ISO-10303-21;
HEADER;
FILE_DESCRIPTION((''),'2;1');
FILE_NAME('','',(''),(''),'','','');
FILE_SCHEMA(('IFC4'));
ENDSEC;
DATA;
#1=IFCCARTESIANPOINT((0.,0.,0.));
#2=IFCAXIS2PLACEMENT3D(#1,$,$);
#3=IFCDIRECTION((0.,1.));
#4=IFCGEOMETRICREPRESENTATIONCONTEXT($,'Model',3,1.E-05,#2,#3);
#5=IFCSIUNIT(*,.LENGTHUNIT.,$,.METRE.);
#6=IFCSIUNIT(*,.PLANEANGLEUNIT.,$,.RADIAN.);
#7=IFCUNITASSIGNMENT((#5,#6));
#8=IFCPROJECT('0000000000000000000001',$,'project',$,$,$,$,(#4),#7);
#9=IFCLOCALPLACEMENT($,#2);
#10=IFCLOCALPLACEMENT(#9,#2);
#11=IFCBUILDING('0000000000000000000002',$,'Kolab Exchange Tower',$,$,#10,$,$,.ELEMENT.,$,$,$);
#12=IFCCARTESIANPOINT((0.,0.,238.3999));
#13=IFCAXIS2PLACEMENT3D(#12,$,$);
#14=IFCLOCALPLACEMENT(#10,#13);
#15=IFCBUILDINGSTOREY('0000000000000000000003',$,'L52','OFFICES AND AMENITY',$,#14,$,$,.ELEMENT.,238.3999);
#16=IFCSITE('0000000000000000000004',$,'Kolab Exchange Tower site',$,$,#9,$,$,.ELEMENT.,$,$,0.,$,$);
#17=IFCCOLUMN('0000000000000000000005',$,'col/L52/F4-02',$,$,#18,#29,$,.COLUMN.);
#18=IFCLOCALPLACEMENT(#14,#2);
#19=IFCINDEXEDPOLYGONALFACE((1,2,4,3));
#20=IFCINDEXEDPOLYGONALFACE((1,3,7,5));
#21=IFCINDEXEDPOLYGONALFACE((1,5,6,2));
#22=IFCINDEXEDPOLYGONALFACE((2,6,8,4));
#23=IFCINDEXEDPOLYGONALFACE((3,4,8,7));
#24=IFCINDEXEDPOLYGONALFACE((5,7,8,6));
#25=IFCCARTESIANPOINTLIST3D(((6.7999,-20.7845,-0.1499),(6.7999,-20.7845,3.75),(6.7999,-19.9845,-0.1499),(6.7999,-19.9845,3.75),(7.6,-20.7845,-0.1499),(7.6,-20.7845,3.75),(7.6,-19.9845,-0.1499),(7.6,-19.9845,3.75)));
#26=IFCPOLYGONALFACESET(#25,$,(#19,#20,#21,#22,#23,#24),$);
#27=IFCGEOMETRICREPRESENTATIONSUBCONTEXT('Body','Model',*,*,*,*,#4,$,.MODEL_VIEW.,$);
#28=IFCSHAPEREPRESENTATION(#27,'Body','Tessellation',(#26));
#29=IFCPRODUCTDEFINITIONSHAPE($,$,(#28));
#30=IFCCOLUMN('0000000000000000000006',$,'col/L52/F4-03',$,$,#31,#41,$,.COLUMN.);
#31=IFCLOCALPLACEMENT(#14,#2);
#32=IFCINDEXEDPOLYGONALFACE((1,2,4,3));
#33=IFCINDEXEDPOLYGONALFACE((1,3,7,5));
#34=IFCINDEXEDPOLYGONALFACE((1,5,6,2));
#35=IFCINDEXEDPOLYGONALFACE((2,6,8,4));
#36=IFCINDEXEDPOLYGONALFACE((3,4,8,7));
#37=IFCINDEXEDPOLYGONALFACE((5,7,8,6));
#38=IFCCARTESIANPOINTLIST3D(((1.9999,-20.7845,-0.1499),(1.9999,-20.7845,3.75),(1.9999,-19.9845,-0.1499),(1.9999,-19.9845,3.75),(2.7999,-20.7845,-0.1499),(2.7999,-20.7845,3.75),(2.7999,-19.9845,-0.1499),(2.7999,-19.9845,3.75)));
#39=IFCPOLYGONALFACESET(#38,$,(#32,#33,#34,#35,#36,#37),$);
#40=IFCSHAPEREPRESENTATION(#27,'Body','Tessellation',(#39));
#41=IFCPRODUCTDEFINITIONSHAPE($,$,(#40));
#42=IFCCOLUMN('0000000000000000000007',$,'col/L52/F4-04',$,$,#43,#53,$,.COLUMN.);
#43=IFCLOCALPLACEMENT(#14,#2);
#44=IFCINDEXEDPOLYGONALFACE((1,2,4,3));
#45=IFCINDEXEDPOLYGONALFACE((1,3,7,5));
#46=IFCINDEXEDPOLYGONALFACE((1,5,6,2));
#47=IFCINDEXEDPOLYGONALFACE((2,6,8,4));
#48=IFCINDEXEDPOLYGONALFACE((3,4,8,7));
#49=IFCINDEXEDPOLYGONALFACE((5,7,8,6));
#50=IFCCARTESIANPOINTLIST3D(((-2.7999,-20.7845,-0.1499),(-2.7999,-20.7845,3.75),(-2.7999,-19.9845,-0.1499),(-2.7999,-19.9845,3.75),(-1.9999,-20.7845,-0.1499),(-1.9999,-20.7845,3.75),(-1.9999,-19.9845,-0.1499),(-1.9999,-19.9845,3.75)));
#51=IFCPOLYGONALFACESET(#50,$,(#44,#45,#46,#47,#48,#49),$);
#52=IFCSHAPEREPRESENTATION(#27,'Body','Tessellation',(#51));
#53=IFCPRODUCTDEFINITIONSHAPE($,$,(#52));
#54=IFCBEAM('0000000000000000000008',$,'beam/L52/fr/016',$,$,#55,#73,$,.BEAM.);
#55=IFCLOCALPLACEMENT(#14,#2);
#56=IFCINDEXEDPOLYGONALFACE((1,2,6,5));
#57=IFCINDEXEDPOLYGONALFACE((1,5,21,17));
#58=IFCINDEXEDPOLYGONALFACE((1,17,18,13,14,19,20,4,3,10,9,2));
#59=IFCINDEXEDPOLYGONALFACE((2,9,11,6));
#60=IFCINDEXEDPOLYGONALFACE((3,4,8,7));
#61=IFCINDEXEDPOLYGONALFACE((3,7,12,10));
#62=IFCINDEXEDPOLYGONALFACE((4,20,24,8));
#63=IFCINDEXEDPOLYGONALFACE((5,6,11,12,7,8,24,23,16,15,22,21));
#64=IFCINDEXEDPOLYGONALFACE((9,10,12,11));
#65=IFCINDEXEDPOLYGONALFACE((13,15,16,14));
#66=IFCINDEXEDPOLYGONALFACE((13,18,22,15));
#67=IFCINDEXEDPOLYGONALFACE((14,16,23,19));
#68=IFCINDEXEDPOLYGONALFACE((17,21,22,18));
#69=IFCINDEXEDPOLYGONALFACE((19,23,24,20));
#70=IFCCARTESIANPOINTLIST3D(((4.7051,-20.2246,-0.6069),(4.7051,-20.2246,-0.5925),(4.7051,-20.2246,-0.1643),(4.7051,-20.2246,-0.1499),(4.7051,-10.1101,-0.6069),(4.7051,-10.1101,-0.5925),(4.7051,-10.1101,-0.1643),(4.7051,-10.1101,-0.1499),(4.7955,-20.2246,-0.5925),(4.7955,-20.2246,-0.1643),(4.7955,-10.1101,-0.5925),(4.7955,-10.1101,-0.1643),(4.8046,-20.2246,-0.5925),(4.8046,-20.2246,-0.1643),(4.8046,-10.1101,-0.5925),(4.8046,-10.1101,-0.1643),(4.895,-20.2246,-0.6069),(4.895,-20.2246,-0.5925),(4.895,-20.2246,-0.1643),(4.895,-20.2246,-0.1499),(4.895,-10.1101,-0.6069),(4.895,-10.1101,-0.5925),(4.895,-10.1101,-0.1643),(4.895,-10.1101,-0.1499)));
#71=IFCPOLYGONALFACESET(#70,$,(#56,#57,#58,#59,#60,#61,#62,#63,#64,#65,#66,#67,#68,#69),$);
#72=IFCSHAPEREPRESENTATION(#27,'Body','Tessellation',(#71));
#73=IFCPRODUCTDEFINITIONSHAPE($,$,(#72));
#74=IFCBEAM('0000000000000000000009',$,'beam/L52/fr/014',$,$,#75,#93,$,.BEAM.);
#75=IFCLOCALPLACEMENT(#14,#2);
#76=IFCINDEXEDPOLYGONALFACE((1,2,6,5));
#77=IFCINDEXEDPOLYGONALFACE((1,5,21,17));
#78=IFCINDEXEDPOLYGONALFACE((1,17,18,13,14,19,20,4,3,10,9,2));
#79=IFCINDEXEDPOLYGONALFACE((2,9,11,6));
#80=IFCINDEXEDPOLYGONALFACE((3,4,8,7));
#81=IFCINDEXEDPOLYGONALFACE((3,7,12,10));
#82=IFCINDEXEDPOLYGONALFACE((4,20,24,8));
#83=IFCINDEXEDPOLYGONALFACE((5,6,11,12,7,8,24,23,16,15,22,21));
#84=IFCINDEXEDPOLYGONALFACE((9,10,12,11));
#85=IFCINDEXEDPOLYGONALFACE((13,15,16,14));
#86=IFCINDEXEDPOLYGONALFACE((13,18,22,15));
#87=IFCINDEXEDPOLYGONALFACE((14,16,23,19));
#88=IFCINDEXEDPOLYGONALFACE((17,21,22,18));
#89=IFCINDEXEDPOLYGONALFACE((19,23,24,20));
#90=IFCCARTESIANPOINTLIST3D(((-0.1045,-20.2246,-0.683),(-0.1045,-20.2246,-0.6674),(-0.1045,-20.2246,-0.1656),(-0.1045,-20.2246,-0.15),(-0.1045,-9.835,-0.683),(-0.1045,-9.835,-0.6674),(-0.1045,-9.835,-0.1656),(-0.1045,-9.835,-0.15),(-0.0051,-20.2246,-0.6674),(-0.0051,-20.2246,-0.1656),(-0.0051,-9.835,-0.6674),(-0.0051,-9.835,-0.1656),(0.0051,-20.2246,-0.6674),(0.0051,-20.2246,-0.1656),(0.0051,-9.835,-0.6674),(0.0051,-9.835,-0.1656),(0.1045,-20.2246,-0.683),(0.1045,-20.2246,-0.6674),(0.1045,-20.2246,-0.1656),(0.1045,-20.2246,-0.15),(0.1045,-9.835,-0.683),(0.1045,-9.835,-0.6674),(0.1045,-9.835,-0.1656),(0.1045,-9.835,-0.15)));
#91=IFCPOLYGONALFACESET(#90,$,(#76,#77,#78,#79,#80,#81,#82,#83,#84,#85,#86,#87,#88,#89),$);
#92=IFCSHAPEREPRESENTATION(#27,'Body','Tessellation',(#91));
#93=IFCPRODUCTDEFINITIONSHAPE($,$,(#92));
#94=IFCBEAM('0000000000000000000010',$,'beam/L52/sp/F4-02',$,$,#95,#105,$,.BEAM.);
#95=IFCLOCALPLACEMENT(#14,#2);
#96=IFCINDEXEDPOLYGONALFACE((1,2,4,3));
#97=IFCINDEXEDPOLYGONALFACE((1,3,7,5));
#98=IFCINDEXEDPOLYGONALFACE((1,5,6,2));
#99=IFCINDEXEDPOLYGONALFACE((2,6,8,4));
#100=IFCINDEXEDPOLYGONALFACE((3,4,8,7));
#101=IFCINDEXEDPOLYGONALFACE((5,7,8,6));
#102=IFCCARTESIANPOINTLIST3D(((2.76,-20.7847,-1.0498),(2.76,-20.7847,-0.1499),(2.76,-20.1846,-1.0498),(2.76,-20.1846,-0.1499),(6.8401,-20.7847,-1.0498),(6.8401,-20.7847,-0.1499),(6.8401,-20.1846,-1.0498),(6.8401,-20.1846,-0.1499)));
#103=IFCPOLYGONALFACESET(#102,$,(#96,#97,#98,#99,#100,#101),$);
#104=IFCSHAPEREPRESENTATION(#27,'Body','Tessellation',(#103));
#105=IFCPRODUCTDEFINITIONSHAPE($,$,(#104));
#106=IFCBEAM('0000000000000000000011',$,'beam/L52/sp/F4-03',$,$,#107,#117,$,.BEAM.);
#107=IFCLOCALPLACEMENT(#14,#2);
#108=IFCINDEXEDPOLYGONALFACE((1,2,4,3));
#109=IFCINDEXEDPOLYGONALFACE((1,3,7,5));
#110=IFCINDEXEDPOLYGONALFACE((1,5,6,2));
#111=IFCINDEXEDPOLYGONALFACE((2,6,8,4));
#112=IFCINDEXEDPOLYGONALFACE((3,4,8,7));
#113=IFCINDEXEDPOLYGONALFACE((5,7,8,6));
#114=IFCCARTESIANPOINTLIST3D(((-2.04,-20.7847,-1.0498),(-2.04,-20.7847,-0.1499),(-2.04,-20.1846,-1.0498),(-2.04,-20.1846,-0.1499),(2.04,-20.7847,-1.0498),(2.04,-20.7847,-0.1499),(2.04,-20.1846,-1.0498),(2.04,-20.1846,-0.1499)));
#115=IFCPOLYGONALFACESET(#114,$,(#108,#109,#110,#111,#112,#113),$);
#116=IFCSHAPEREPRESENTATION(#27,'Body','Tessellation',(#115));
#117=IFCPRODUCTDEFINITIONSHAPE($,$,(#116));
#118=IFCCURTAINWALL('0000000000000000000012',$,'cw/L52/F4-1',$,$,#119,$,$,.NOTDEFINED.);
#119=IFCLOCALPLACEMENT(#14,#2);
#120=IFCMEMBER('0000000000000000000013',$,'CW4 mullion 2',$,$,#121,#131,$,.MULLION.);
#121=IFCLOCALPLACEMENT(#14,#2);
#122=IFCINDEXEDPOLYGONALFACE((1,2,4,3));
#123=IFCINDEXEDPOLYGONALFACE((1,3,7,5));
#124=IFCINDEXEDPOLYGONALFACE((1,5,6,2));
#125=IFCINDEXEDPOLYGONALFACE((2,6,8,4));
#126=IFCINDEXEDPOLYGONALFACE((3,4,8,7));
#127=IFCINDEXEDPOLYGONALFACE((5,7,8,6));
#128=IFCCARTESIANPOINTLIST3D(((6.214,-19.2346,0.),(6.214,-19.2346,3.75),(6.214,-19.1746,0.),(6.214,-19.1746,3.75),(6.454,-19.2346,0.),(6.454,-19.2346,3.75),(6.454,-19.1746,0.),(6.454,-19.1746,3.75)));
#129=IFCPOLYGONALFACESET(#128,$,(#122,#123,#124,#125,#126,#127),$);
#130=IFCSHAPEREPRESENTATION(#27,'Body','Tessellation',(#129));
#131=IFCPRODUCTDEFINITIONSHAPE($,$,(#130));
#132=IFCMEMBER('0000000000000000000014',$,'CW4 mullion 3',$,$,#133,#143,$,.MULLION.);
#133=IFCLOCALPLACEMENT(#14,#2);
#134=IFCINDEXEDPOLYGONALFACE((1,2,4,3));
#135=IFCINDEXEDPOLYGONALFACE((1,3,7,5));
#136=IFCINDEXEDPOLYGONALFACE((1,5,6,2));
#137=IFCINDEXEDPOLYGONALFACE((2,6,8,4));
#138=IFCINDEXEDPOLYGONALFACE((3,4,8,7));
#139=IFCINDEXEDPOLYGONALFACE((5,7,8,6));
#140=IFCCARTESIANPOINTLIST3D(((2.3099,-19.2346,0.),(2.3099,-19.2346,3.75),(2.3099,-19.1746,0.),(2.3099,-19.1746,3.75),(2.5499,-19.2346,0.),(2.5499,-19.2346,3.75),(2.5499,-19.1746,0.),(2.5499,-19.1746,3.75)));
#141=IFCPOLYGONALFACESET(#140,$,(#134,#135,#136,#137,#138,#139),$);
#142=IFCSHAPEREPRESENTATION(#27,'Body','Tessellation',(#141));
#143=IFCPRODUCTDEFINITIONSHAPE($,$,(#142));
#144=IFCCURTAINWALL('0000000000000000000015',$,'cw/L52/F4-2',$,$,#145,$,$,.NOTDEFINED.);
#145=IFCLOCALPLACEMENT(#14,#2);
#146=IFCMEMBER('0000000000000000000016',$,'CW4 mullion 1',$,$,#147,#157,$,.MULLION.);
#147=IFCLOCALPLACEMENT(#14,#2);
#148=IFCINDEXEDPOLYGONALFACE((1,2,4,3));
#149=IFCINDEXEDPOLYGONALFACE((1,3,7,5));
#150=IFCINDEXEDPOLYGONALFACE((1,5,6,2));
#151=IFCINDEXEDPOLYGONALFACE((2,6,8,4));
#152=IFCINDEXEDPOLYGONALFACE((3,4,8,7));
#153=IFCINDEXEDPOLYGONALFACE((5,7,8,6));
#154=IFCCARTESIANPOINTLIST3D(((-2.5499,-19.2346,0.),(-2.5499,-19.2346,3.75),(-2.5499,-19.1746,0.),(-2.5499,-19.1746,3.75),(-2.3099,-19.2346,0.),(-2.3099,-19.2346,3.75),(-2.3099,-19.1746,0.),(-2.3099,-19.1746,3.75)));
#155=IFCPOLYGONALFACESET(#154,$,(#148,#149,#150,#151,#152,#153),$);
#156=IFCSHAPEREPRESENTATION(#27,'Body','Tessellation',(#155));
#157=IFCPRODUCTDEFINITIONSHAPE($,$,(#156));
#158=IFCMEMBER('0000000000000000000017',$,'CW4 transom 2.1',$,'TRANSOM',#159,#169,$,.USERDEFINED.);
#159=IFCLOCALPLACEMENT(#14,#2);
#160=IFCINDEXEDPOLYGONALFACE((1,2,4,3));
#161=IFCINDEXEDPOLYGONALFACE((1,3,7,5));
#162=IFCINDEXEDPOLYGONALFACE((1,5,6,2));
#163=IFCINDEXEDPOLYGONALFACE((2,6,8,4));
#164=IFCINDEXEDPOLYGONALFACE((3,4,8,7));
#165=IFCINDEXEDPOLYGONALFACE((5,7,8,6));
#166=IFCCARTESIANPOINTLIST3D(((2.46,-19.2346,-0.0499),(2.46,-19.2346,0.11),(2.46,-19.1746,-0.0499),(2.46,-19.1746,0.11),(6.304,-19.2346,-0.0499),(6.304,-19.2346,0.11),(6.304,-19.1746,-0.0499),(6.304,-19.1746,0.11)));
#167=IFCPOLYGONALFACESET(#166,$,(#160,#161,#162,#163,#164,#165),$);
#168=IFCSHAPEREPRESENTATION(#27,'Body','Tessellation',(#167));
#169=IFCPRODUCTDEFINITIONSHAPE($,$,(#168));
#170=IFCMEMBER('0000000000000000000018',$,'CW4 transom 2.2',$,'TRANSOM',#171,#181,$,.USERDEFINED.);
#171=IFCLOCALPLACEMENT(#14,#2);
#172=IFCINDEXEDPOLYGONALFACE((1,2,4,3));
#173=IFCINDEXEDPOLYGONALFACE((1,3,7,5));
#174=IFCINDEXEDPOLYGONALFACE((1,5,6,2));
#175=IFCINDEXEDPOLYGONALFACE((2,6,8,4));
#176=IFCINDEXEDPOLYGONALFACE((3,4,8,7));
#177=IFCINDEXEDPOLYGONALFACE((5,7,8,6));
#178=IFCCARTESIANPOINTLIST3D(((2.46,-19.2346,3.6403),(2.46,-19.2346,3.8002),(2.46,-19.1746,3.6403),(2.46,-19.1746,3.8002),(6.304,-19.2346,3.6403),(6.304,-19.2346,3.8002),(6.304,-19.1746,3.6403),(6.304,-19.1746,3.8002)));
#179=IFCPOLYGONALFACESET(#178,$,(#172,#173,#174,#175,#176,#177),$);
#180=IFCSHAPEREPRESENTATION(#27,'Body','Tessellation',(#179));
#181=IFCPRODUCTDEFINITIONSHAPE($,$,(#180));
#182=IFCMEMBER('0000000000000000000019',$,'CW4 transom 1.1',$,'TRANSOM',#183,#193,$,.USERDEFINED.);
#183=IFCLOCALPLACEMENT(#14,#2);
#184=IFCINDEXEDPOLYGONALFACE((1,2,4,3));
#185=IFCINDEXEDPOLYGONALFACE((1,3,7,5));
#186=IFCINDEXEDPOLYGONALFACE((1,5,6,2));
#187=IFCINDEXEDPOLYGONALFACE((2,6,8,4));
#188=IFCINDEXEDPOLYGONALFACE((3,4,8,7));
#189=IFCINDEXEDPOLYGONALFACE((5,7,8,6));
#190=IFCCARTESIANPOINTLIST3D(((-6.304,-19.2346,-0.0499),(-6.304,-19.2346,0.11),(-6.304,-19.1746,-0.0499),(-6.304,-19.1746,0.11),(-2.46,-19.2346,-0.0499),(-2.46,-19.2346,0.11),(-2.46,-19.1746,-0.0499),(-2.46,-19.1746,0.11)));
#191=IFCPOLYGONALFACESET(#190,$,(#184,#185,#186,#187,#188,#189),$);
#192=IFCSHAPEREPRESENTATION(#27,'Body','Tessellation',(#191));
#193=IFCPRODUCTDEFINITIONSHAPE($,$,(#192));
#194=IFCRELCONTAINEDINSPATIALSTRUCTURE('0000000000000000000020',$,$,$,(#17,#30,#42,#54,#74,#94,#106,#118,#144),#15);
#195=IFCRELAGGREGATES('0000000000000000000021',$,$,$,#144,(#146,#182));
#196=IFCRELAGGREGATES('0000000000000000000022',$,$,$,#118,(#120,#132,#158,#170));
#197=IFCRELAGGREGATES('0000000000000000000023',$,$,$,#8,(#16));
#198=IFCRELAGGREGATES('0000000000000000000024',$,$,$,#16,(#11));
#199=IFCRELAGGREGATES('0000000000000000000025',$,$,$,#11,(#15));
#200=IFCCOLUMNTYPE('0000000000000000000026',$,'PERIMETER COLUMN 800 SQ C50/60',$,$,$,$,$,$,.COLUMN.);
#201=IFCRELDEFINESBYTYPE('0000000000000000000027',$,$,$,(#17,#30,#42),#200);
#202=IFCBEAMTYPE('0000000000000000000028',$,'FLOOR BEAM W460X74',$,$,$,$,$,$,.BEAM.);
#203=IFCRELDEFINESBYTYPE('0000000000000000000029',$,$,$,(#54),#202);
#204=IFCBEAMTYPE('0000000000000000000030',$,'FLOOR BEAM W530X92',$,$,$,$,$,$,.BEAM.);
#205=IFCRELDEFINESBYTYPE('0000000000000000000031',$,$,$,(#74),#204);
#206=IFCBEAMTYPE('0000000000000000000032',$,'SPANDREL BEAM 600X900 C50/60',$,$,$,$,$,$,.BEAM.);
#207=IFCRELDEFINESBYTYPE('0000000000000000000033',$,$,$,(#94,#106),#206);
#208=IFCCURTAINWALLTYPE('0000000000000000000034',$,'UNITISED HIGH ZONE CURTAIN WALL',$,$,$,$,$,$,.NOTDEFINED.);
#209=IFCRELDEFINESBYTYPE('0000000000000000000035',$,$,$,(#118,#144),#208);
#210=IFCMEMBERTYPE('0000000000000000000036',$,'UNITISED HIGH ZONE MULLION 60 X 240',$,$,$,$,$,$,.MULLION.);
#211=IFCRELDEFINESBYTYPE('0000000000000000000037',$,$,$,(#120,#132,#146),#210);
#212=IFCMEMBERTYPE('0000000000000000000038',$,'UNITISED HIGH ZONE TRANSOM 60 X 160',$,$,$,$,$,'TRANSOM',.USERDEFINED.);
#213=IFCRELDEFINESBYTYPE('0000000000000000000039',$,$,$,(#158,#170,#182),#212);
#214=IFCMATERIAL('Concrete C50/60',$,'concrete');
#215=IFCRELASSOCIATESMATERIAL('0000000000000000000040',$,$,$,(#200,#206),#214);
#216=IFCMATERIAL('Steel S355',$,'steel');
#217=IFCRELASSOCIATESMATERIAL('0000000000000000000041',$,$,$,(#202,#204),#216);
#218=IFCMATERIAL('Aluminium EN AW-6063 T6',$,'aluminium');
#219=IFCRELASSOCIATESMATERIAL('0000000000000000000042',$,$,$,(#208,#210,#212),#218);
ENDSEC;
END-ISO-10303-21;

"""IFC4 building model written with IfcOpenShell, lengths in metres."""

from ifc_helpers import new_model, si_unit, direction, frame, origin, origin_2d, place, context, subcontext, project, spatial, rectangle, i_section, extrude, material, material_profile, profile_set, type_object, element, aggregate, save


model = new_model("IFC4")

# Units and contexts
model_context = context("Model", 3, precision=1e-05, world=origin(), true_north=direction((0.0, 1.0)))
body_context = subcontext(model_context, "Body", "Model", "MODEL_VIEW")
ifc_project = project(units=[si_unit("LENGTHUNIT", "METRE"), si_unit("PLANEANGLEUNIT", "RADIAN")], contexts=[model_context])

# Site, building, storey
site_placement = place(None, origin())
site = spatial("IfcSite", under=ifc_project, at=site_placement, Name="Kolab Exchange Tower site", CompositionType="ELEMENT", RefElevation=0.0)
building_placement = place(site_placement, origin())
building = spatial("IfcBuilding", under=site, at=building_placement, Name="Kolab Exchange Tower", CompositionType="ELEMENT")
storey_placement = place(building_placement, frame((0.0, 0.0, 238.3999)))
storey = spatial("IfcBuildingStorey", under=building, at=storey_placement, Name="L52", Description="OFFICES AND AMENITY", CompositionType="ELEMENT", Elevation=238.3999)

# Columns
ifc_material_1 = material(Name="Concrete C50/60", Category="concrete")
ifc_material_profile_1 = material_profile(ifc_material_1, rectangle(XDim=0.8, YDim=0.8, at=origin_2d()), Name="RC800")
ifc_profile_set_1 = profile_set([ifc_material_profile_1], Name="Concrete C50/60")
column_type = type_object("IfcColumnType", Name="PERIMETER COLUMN 800 SQ C50/60", PredefinedType="COLUMN", material=ifc_profile_set_1)
for number, where, z_axis, x_axis, name in (
    (1, (7.2, -20.3845, -0.1499), (0.0, 0.0, 1.0), (1.0, 0.0, 0.0), "col/L52/F4-02"),
    (2, (2.3999, -20.3845, -0.1499), (0.0, 0.0, 1.0), (1.0, 0.0, 0.0), "col/L52/F4-03"),
    (3, (-2.3999, -20.3845, -0.1499), (0.0, 0.0, 1.0), (1.0, 0.0, 0.0), "col/L52/F4-04"),
):
    element("IfcColumn", number, at=place(storey_placement, frame(where, z_axis=z_axis, x_axis=x_axis)), inside=storey, type_object=column_type, Name=name, PredefinedType="COLUMN", context=body_context, shape_type="SweptSolid", body=[
        extrude(rectangle(XDim=0.8, YDim=0.8, at=origin_2d()), origin(), (0.0, 0.0, 1.0), 3.8999),
    ])

# Beams
ifc_material_2 = material(Name="Steel S355", Category="steel")
ifc_material_profile_2 = material_profile(ifc_material_2, i_section(OverallWidth=0.1899, OverallDepth=0.457, WebThickness=0.009, FlangeThickness=0.0144, at=origin_2d()), Name="W460X74")
ifc_profile_set_2 = profile_set([ifc_material_profile_2], Name="Steel S355")
beam_type_1 = type_object("IfcBeamType", Name="FLOOR BEAM W460X74", PredefinedType="BEAM", material=ifc_profile_set_2)
beam_1_placement = place(storey_placement, frame((4.8, -20.2246, -0.3784), z_axis=(0.0, 1.0, 0.0), x_axis=(-1.0, 0.0, 0.0)))
element("IfcBeam", 4, at=beam_1_placement, inside=storey, type_object=beam_type_1, Name="beam/L52/fr/016", PredefinedType="BEAM", context=body_context, shape_type="SweptSolid", body=[
    extrude(i_section(OverallWidth=0.1899, OverallDepth=0.457, WebThickness=0.009, FlangeThickness=0.0144, at=origin_2d()), origin(), (0.0, 0.0, 1.0), 10.1145),
])
ifc_material_profile_3 = material_profile(ifc_material_2, i_section(OverallWidth=0.209, OverallDepth=0.533, WebThickness=0.0103, FlangeThickness=0.0156, at=origin_2d()), Name="W530X92")
ifc_profile_set_3 = profile_set([ifc_material_profile_3], Name="Steel S355")
beam_type_2 = type_object("IfcBeamType", Name="FLOOR BEAM W530X92", PredefinedType="BEAM", material=ifc_profile_set_3)
beam_2_placement = place(storey_placement, frame((0.0, -20.2246, -0.4165), z_axis=(0.0, 1.0, 0.0), x_axis=(-1.0, 0.0, 0.0)))
element("IfcBeam", 5, at=beam_2_placement, inside=storey, type_object=beam_type_2, Name="beam/L52/fr/014", PredefinedType="BEAM", context=body_context, shape_type="SweptSolid", body=[
    extrude(i_section(OverallWidth=0.209, OverallDepth=0.533, WebThickness=0.0103, FlangeThickness=0.0156, at=origin_2d()), origin(), (0.0, 0.0, 1.0), 10.3896),
])
ifc_material_profile_4 = material_profile(ifc_material_1, rectangle(XDim=0.6001, YDim=0.8999, at=origin_2d()), Name="RC600X900")
ifc_profile_set_4 = profile_set([ifc_material_profile_4], Name="Concrete C50/60")
beam_type_3 = type_object("IfcBeamType", Name="SPANDREL BEAM 600X900 C50/60", PredefinedType="BEAM", material=ifc_profile_set_4)
for number, where, z_axis, x_axis, name in (
    (6, (6.8401, -20.4846, -0.5999), (-1.0, 0.0, 0.0), (0.0, -1.0, 0.0), "beam/L52/sp/F4-02"),
    (7, (2.04, -20.4846, -0.5999), (-1.0, 0.0, 0.0), (0.0, -1.0, 0.0), "beam/L52/sp/F4-03"),
):
    element("IfcBeam", number, at=place(storey_placement, frame(where, z_axis=z_axis, x_axis=x_axis)), inside=storey, type_object=beam_type_3, Name=name, PredefinedType="BEAM", context=body_context, shape_type="SweptSolid", body=[
        extrude(rectangle(XDim=0.6001, YDim=0.8999, at=origin_2d()), origin(), (0.0, 0.0, 1.0), 4.0801),
    ])

# Curtain wall, members
ifc_material_3 = material(Name="Aluminium EN AW-6063 T6", Category="aluminium")
curtain_wall_type = type_object("IfcCurtainWallType", Name="UNITISED HIGH ZONE CURTAIN WALL", PredefinedType="NOTDEFINED", material=ifc_material_3)
curtain_wall_1_placement = place(storey_placement, origin())
curtain_wall_1 = element("IfcCurtainWall", 8, at=curtain_wall_1_placement, inside=storey, type_object=curtain_wall_type, Name="cw/L52/F4-1", PredefinedType="NOTDEFINED")
ifc_material_profile_5 = material_profile(ifc_material_3, rectangle(XDim=0.0601, YDim=0.24, at=origin_2d()), Name="RECT 60X240")
ifc_profile_set_5 = profile_set([ifc_material_profile_5], Name="Aluminium EN AW-6063 T6")
member_type_1 = type_object("IfcMemberType", Name="UNITISED HIGH ZONE MULLION 60 X 240", PredefinedType="MULLION", material=ifc_profile_set_5)
member_1_placement = place(storey_placement, frame((6.334, -19.2046, 0.0), z_axis=(0.0, 0.0, 1.0), x_axis=(0.0, -1.0, 0.0)))
member_1 = element("IfcMember", 9, at=member_1_placement, type_object=member_type_1, Name="CW4 mullion 2", PredefinedType="MULLION", context=body_context, shape_type="SweptSolid", body=[
    extrude(rectangle(XDim=0.0601, YDim=0.24, at=origin_2d()), origin(), (0.0, 0.0, 1.0), 3.75),
])
member_2_placement = place(storey_placement, frame((2.4299, -19.2046, 0.0), z_axis=(0.0, 0.0, 1.0), x_axis=(0.0, -1.0, 0.0)))
member_2 = element("IfcMember", 10, at=member_2_placement, type_object=member_type_1, Name="CW4 mullion 3", PredefinedType="MULLION", context=body_context, shape_type="SweptSolid", body=[
    extrude(rectangle(XDim=0.0601, YDim=0.24, at=origin_2d()), origin(), (0.0, 0.0, 1.0), 3.75),
])

# Curtain wall, member
curtain_wall_2_placement = place(storey_placement, origin())
curtain_wall_2 = element("IfcCurtainWall", 11, at=curtain_wall_2_placement, inside=storey, type_object=curtain_wall_type, Name="cw/L52/F4-2", PredefinedType="NOTDEFINED")
member_3_placement = place(storey_placement, frame((-2.4299, -19.2046, 0.0), z_axis=(0.0, 0.0, 1.0), x_axis=(0.0, -1.0, 0.0)))
member_3 = element("IfcMember", 12, at=member_3_placement, type_object=member_type_1, Name="CW4 mullion 1", PredefinedType="MULLION", context=body_context, shape_type="SweptSolid", body=[
    extrude(rectangle(XDim=0.0601, YDim=0.24, at=origin_2d()), origin(), (0.0, 0.0, 1.0), 3.75),
])

# Members
ifc_material_profile_6 = material_profile(ifc_material_3, rectangle(XDim=0.0601, YDim=0.1599, at=origin_2d()), Name="RECT 60X160")
ifc_profile_set_6 = profile_set([ifc_material_profile_6], Name="Aluminium EN AW-6063 T6")
member_type_2 = type_object("IfcMemberType", Name="UNITISED HIGH ZONE TRANSOM 60 X 160", ElementType="TRANSOM", PredefinedType="USERDEFINED", material=ifc_profile_set_6)
member_4_placement = place(storey_placement, frame((6.304, -19.2046, 0.03), z_axis=(-1.0, 0.0, 0.0), x_axis=(0.0, -1.0, 0.0)))
member_4 = element("IfcMember", 13, at=member_4_placement, type_object=member_type_2, Name="CW4 transom 2.1", ObjectType="TRANSOM", PredefinedType="USERDEFINED", context=body_context, shape_type="SweptSolid", body=[
    extrude(rectangle(XDim=0.0601, YDim=0.1599, at=origin_2d()), origin(), (0.0, 0.0, 1.0), 3.844),
])
member_5_placement = place(storey_placement, frame((6.304, -19.2046, 3.7202), z_axis=(-1.0, 0.0, 0.0), x_axis=(0.0, -1.0, 0.0)))
member_5 = element("IfcMember", 14, at=member_5_placement, type_object=member_type_2, Name="CW4 transom 2.2", ObjectType="TRANSOM", PredefinedType="USERDEFINED", context=body_context, shape_type="SweptSolid", body=[
    extrude(rectangle(XDim=0.0601, YDim=0.1599, at=origin_2d()), origin(), (0.0, 0.0, 1.0), 3.844),
])
member_6_placement = place(storey_placement, frame((-2.46, -19.2046, 0.03), z_axis=(-1.0, 0.0, 0.0), x_axis=(0.0, -1.0, 0.0)))
member_6 = element("IfcMember", 15, at=member_6_placement, type_object=member_type_2, Name="CW4 transom 1.1", ObjectType="TRANSOM", PredefinedType="USERDEFINED", context=body_context, shape_type="SweptSolid", body=[
    extrude(rectangle(XDim=0.0601, YDim=0.1599, at=origin_2d()), origin(), (0.0, 0.0, 1.0), 3.844),
])
aggregate(curtain_wall_2, [member_3, member_6])

aggregate(curtain_wall_1, [member_1, member_2, member_4, member_5])

save(model, "model.ifc")
